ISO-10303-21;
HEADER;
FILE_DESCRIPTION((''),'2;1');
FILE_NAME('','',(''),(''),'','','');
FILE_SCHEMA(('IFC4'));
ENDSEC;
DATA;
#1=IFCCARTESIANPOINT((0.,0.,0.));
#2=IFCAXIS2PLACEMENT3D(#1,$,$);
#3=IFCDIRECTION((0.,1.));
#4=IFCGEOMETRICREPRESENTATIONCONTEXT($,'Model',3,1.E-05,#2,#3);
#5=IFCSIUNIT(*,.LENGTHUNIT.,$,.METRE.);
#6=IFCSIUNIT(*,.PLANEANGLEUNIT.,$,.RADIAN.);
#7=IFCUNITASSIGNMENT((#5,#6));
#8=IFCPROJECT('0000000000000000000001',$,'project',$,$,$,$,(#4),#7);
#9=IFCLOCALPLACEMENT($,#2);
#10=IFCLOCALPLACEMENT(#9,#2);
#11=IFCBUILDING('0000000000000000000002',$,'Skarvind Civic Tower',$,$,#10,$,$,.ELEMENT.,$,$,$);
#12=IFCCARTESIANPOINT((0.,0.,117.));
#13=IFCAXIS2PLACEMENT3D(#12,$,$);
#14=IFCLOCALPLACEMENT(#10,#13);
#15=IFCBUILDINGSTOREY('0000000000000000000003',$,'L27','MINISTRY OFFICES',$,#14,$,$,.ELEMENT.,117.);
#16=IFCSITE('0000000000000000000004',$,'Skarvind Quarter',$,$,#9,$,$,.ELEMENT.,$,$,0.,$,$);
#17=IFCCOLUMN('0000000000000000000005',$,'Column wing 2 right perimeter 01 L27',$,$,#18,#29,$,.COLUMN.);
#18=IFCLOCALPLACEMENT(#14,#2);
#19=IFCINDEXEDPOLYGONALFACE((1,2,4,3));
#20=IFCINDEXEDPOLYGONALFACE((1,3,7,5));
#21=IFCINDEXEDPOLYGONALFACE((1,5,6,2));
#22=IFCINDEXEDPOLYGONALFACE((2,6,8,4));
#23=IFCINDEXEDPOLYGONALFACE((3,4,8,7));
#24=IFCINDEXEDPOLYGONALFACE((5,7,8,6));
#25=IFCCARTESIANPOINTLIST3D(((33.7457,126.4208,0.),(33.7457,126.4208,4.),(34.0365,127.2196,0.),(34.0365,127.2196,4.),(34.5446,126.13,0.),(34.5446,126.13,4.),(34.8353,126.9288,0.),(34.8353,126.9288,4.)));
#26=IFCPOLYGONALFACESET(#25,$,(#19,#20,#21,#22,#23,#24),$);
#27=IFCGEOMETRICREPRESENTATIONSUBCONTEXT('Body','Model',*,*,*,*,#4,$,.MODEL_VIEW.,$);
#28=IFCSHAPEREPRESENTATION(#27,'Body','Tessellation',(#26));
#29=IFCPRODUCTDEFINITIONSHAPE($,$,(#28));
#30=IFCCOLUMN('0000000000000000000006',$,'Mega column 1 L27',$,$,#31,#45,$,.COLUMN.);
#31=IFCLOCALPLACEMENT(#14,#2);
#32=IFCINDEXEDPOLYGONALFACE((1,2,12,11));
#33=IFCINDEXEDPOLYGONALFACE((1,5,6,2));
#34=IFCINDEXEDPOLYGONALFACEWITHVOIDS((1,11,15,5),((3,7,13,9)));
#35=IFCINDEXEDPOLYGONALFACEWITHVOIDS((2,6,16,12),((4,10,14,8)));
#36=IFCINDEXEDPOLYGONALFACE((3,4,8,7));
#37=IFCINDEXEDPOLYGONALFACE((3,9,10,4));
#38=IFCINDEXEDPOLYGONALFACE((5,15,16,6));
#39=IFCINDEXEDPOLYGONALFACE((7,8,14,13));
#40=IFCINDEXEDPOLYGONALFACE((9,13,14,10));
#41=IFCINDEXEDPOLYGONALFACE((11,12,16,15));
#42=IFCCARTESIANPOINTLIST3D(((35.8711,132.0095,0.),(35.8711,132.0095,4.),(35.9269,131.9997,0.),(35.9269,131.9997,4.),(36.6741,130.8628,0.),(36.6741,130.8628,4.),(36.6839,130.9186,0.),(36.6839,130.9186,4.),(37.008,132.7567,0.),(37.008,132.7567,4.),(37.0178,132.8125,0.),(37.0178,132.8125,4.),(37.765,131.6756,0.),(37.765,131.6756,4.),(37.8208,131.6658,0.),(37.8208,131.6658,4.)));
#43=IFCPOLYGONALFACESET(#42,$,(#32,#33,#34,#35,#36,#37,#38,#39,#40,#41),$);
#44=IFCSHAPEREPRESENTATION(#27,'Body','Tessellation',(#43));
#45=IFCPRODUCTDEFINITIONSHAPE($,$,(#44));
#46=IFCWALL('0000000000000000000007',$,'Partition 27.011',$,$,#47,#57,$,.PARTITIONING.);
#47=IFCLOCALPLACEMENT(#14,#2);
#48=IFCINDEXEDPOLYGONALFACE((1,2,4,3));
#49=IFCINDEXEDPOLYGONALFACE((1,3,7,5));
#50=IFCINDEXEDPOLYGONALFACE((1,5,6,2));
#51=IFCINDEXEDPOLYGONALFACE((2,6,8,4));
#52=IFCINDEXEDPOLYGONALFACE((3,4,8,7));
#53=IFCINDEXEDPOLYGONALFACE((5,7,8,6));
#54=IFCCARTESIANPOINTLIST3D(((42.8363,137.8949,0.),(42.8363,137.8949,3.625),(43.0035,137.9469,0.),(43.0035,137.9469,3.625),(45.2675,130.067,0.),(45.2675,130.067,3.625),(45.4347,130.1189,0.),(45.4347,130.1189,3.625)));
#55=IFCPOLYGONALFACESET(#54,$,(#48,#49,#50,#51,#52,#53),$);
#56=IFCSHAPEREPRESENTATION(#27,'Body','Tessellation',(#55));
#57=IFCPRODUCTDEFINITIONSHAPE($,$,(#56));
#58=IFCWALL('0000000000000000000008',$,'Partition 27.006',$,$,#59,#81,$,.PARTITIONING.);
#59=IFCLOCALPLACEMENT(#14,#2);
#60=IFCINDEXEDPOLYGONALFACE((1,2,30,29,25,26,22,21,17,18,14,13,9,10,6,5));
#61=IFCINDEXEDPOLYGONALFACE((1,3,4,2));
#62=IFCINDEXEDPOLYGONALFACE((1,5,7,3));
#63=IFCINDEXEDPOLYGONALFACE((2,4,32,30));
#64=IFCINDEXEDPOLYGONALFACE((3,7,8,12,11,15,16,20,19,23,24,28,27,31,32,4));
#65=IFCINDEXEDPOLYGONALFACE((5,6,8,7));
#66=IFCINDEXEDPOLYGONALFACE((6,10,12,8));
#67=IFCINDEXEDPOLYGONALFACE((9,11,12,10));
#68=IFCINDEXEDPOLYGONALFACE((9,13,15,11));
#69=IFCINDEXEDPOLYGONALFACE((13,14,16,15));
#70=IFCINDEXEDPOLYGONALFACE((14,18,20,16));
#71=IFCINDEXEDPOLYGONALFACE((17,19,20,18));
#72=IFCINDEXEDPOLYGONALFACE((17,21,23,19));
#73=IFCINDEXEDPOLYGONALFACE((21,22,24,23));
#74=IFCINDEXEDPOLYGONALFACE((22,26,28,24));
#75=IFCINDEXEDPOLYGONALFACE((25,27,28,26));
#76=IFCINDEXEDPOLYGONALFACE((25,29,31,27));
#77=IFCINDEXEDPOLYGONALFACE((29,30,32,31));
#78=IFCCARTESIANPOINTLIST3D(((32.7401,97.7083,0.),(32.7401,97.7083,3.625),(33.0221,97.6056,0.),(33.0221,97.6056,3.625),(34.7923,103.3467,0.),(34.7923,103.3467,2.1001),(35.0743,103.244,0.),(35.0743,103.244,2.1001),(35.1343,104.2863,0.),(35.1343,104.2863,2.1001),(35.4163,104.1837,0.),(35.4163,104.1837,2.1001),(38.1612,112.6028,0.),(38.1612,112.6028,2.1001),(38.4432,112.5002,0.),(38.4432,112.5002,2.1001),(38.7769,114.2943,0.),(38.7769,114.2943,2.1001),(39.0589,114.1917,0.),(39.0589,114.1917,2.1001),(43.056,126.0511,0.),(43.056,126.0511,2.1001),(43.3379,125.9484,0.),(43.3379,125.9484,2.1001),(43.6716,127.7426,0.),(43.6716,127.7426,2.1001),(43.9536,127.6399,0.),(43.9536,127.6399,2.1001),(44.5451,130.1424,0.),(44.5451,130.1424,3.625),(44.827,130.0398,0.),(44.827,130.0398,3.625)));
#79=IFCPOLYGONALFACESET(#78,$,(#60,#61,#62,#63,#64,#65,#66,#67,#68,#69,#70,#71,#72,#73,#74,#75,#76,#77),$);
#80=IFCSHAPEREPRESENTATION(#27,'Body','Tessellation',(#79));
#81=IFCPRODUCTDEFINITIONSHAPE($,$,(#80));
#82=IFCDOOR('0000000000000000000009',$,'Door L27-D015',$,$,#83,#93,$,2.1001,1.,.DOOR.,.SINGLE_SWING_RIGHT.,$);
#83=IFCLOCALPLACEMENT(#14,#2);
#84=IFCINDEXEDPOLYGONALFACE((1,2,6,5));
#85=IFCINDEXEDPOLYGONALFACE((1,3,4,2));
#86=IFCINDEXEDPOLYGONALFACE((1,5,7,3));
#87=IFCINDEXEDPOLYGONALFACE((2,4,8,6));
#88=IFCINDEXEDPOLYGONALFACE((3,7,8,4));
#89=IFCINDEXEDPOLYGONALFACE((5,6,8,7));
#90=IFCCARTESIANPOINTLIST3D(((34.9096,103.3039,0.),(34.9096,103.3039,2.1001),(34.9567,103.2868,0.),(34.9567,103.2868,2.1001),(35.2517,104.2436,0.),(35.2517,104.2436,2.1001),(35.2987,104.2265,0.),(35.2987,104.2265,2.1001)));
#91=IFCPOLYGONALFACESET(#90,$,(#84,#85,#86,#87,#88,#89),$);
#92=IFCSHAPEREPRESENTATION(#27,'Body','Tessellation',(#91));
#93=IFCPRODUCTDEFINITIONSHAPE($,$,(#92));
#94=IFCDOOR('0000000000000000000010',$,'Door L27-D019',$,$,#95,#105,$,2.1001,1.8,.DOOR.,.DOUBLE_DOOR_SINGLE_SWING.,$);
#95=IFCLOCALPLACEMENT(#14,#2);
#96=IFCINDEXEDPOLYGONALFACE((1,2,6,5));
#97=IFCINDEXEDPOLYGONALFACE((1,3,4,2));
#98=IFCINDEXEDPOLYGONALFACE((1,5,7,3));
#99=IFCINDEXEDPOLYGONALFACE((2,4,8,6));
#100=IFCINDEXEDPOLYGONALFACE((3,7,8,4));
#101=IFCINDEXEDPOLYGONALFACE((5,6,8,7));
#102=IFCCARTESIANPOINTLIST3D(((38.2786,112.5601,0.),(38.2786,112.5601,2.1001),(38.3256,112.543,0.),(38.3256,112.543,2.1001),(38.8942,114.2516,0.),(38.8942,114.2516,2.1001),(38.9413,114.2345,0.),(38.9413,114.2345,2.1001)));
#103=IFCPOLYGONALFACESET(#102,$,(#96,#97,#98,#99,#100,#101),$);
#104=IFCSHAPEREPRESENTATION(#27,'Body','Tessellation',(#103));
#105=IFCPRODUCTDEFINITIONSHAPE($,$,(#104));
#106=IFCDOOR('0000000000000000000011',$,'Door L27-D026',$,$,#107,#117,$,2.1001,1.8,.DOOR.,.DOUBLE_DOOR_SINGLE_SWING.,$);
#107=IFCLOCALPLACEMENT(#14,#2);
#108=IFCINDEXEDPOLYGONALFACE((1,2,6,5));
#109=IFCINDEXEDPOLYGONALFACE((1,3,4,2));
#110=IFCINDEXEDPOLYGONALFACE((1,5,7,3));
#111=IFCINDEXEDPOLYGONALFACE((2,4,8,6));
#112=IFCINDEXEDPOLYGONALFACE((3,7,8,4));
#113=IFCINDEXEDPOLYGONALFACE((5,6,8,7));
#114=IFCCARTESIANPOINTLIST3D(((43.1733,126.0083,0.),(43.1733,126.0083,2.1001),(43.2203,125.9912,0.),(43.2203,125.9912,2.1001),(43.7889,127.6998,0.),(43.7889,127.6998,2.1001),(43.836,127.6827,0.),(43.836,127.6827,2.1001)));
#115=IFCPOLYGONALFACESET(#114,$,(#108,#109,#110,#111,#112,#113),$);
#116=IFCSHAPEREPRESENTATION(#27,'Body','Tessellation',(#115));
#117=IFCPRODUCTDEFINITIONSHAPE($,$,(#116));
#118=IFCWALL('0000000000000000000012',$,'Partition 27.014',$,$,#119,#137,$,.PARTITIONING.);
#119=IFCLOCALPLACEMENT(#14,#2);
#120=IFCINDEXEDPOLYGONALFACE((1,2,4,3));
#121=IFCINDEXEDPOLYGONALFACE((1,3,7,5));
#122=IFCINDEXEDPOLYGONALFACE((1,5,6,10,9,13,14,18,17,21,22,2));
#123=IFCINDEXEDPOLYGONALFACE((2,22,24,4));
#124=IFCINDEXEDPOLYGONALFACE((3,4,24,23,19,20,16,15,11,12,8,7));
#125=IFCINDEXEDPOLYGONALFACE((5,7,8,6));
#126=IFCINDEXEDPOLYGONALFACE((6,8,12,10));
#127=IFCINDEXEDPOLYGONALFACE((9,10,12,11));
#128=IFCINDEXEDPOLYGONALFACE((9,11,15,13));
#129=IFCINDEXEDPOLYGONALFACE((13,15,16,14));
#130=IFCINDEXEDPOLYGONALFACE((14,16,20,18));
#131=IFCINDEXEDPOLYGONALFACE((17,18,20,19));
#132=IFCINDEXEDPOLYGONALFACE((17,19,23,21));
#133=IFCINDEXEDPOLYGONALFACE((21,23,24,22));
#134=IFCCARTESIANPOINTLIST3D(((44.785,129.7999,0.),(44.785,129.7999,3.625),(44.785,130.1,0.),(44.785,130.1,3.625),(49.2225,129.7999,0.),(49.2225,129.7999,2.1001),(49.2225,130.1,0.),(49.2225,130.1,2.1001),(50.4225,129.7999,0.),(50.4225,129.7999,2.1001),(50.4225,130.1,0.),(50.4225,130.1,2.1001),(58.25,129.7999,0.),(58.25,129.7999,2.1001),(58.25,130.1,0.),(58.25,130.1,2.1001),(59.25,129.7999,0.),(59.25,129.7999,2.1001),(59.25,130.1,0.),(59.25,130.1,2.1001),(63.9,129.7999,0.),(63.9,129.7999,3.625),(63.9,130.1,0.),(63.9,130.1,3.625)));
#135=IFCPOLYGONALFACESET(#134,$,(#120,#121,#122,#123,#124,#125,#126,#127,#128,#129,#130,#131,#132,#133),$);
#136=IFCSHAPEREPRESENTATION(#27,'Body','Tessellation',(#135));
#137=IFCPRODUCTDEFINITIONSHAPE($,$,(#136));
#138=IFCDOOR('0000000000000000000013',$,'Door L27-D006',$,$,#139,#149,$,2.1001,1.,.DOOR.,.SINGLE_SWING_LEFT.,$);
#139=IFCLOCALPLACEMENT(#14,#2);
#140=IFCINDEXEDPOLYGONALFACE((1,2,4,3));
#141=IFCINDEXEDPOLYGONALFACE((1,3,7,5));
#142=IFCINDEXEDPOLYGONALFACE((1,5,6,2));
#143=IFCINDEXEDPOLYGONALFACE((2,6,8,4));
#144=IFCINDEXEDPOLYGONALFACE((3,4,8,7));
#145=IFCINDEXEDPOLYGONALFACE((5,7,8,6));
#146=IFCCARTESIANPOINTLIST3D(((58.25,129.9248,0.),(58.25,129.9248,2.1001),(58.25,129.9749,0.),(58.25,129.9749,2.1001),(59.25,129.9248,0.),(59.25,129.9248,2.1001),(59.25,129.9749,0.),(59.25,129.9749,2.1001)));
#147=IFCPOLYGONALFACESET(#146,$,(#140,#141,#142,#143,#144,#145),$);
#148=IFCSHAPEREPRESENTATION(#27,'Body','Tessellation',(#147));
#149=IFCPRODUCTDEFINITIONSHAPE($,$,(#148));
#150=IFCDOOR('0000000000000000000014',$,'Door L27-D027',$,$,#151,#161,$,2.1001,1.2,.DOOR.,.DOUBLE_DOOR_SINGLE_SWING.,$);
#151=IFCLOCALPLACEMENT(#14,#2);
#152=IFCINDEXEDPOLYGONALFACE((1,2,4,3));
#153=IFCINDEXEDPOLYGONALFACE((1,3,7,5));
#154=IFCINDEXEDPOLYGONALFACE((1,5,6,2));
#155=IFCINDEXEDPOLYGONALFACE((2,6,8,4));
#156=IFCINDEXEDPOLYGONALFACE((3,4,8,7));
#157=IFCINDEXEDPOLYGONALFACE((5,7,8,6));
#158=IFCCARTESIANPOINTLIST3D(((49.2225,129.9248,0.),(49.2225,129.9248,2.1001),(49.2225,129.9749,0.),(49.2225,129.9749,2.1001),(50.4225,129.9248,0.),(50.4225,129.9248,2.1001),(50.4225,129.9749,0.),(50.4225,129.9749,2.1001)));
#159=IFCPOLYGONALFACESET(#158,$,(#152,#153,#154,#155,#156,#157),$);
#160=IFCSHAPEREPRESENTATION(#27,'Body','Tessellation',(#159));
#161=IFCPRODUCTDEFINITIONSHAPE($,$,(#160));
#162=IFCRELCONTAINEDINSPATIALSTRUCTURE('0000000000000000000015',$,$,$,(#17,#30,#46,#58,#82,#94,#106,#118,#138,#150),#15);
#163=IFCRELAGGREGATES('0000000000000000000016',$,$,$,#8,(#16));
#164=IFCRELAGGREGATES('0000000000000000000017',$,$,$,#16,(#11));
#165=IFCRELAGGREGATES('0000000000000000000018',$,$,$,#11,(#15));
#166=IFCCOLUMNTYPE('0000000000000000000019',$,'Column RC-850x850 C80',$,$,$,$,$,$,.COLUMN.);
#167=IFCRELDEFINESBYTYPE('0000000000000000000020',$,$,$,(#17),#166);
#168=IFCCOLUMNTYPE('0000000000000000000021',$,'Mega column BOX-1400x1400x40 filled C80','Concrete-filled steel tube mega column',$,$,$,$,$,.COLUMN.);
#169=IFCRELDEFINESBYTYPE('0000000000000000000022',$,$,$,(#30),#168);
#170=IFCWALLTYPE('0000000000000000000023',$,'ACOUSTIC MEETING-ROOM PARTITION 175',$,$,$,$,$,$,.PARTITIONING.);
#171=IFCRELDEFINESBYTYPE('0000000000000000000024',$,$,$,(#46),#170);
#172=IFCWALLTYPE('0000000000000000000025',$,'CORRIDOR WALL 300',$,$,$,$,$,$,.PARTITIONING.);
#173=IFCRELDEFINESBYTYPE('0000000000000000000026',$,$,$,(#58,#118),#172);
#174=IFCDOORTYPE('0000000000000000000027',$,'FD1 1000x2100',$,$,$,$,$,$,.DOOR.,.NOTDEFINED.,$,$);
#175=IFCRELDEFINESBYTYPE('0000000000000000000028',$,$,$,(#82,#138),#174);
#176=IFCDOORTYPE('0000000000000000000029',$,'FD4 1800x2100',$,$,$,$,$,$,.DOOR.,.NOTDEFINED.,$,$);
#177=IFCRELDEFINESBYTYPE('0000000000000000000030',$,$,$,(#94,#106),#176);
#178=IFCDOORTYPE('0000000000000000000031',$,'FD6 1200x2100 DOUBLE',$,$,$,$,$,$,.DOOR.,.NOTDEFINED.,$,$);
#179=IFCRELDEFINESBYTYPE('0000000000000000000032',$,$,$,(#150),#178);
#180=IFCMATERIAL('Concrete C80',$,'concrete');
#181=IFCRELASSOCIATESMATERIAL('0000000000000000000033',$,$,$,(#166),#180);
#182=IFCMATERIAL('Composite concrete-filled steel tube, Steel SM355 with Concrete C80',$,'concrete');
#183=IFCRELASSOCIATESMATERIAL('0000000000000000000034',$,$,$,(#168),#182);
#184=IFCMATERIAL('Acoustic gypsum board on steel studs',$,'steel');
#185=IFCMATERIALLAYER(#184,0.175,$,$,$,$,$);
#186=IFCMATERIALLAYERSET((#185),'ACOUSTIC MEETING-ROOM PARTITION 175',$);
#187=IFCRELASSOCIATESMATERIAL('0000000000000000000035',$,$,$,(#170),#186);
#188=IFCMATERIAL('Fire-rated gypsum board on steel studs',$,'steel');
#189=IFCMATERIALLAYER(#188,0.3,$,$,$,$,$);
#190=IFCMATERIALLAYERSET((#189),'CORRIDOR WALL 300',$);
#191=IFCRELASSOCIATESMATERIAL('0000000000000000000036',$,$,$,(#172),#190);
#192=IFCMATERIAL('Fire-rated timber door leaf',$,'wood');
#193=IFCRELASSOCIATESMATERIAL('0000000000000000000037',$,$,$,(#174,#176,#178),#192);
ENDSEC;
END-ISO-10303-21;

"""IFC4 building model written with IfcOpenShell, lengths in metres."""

from ifc_helpers import new_model, si_unit, direction, frame, frame_2d, origin, origin_2d, place, context, subcontext, project, spatial, rectangle, hollow_rectangle, extrude, material, layer, layer_set, material_profile, profile_set, type_object, element, fill, save


model = new_model("IFC4")

# Units and contexts
model_context = context("Model", 3, precision=1e-05, world=origin(), true_north=direction((0.0, 1.0)))
body_context = subcontext(model_context, "Body", "Model", "MODEL_VIEW")
ifc_project = project(units=[si_unit("LENGTHUNIT", "METRE"), si_unit("PLANEANGLEUNIT", "RADIAN")], contexts=[model_context])

# Site, building, storey
site_placement = place(None, origin())
site = spatial("IfcSite", under=ifc_project, at=site_placement, Name="Skarvind Quarter", CompositionType="ELEMENT", RefElevation=0.0)
building_placement = place(site_placement, origin())
building = spatial("IfcBuilding", under=site, at=building_placement, Name="Skarvind Civic Tower", CompositionType="ELEMENT")
storey_placement = place(building_placement, frame((0.0, 0.0, 117.0)))
storey = spatial("IfcBuildingStorey", under=building, at=storey_placement, Name="L27", Description="MINISTRY OFFICES", CompositionType="ELEMENT", Elevation=117.0)

# Columns
ifc_material_1 = material(Name="Concrete C80", Category="concrete")
ifc_material_profile_1 = material_profile(ifc_material_1, rectangle(XDim=0.8501, YDim=0.8501, at=origin_2d()), Name="RC-850x850")
ifc_profile_set_1 = profile_set([ifc_material_profile_1], Name="Concrete C80")
column_type_1 = type_object("IfcColumnType", Name="Column RC-850x850 C80", PredefinedType="COLUMN", material=ifc_profile_set_1)
column_1_placement = place(storey_placement, frame((34.2905, 126.6748, 0.0), z_axis=(0.0, 0.0, 1.0), x_axis=(-0.34202, -0.939693, 0.0)))
element("IfcColumn", 1, at=column_1_placement, inside=storey, type_object=column_type_1, Name="Column wing 2 right perimeter 01 L27", PredefinedType="COLUMN", context=body_context, shape_type="SweptSolid", body=[
    extrude(rectangle(XDim=0.8501, YDim=0.8501, at=origin_2d()), origin(), (0.0, 0.0, 1.0), 4.0),
])
ifc_material_2 = material(Name="Composite concrete-filled steel tube, Steel SM355 with Concrete C80", Category="concrete")
ifc_material_profile_2 = material_profile(ifc_material_2, hollow_rectangle(XDim=1.3999, YDim=1.3999, WallThickness=0.04, at=origin_2d()), Name="BOX-1400x1400x40")
ifc_profile_set_2 = profile_set([ifc_material_profile_2], Name="Composite concrete-filled steel tube, Steel SM355 with Concrete C80")
column_type_2 = type_object("IfcColumnType", Name="Mega column BOX-1400x1400x40 filled C80", Description="Concrete-filled steel tube mega column", PredefinedType="COLUMN", material=ifc_profile_set_2)
column_2_placement = place(storey_placement, frame((36.8459, 131.8376, 0.0), z_axis=(0.0, 0.0, 1.0), x_axis=(0.573576, -0.819152, 0.0)))
element("IfcColumn", 2, at=column_2_placement, inside=storey, type_object=column_type_2, Name="Mega column 1 L27", PredefinedType="COLUMN", context=body_context, shape_type="SweptSolid", body=[
    extrude(hollow_rectangle(XDim=1.3999, YDim=1.3999, WallThickness=0.04, at=origin_2d()), origin(), (0.0, 0.0, 1.0), 4.0),
])

# Wall
ifc_material_3 = material(Name="Acoustic gypsum board on steel studs", Category="steel")
ifc_layer_1 = layer(ifc_material_3, 0.175)
ifc_layer_set_1 = layer_set([ifc_layer_1], Name="ACOUSTIC MEETING-ROOM PARTITION 175")
wall_type_1 = type_object("IfcWallType", Name="ACOUSTIC MEETING-ROOM PARTITION 175", PredefinedType="PARTITIONING", material=ifc_layer_set_1)
wall_1_placement = place(storey_placement, frame((42.9199, 137.9209, 0.0), z_axis=(0.0, 0.0, 1.0), x_axis=(0.296601, -0.955002, 0.0)))
element("IfcWall", 3, at=wall_1_placement, inside=storey, type_object=wall_type_1, Name="Partition 27.011", PredefinedType="PARTITIONING", context=body_context, shape_type="SweptSolid", body=[
    extrude(rectangle(XDim=8.1968, YDim=0.175, at=frame_2d((4.0984, 0.0))), origin(), (0.0, 0.0, 1.0), 3.625),
])

# Walls, openings, doors
ifc_material_4 = material(Name="Fire-rated gypsum board on steel studs", Category="steel")
ifc_layer_2 = layer(ifc_material_4, 0.3)
ifc_layer_set_2 = layer_set([ifc_layer_2], Name="CORRIDOR WALL 300")
wall_type_2 = type_object("IfcWallType", Name="CORRIDOR WALL 300", PredefinedType="PARTITIONING", material=ifc_layer_set_2)
wall_2_placement = place(storey_placement, frame((44.686, 130.0911, 0.0), z_axis=(0.0, 0.0, 1.0), x_axis=(-0.342017, -0.939694, 0.0)))
wall_2 = element("IfcWall", 4, at=wall_2_placement, inside=storey, type_object=wall_type_2, Name="Partition 27.006", PredefinedType="PARTITIONING", context=body_context, shape_type="SweptSolid", body=[
    extrude(rectangle(XDim=34.5156, YDim=0.3, at=frame_2d((17.2578, 0.0))), origin(), (0.0, 0.0, 1.0), 3.625),
])
opening_1_placement = place(wall_2_placement, frame((27.5154, 0.0, 0.0)))
opening_1 = element("IfcOpeningElement", 5, at=opening_1_placement, cuts=wall_2, PredefinedType="OPENING", context=body_context, shape_type="SweptSolid", body=[
    extrude(rectangle(XDim=1.0, YDim=2.1001, at=frame_2d((0.5, 1.05))), frame((0.0, 0.1599, 0.0), z_axis=(0.0, -1.0, 0.0), x_axis=(1.0, 0.0, 0.0)), (0.0, 0.0, 1.0), 0.3201),
])
opening_2_placement = place(wall_2_placement, frame((16.8652, 0.0, 0.0)))
opening_2 = element("IfcOpeningElement", 6, at=opening_2_placement, cuts=wall_2, PredefinedType="OPENING", context=body_context, shape_type="SweptSolid", body=[
    extrude(rectangle(XDim=1.8, YDim=2.1001, at=frame_2d((0.8999, 1.05))), frame((0.0, 0.1599, 0.0), z_axis=(0.0, -1.0, 0.0), x_axis=(1.0, 0.0, 0.0)), (0.0, 0.0, 1.0), 0.3201),
])
opening_3_placement = place(wall_2_placement, frame((2.554, 0.0, 0.0)))
opening_3 = element("IfcOpeningElement", 7, at=opening_3_placement, cuts=wall_2, PredefinedType="OPENING", context=body_context, shape_type="SweptSolid", body=[
    extrude(rectangle(XDim=1.8, YDim=2.1001, at=frame_2d((0.8999, 1.05))), frame((0.0, 0.1599, 0.0), z_axis=(0.0, -1.0, 0.0), x_axis=(1.0, 0.0, 0.0)), (0.0, 0.0, 1.0), 0.3201),
])
ifc_material_5 = material(Name="Fire-rated timber door leaf", Category="wood")
door_type_1 = type_object("IfcDoorType", Name="FD1 1000x2100", OperationType="NOTDEFINED", PredefinedType="DOOR", material=ifc_material_5)
door_1_placement = place(opening_1_placement, origin())
door_1 = element("IfcDoor", 8, at=door_1_placement, inside=storey, type_object=door_type_1, Name="Door L27-D015", OperationType="SINGLE_SWING_RIGHT", OverallHeight=2.1001, OverallWidth=1.0, PredefinedType="DOOR", context=body_context, shape_type="SweptSolid", body=[
    extrude(rectangle(XDim=1.0, YDim=2.1001, at=frame_2d((0.5, 1.05))), frame((0.0, 0.0249, 0.0), z_axis=(0.0, -1.0, 0.0), x_axis=(1.0, 0.0, 0.0)), (0.0, 0.0, 1.0), 0.05),
])
fill(opening_1, door_1)
door_type_2 = type_object("IfcDoorType", Name="FD4 1800x2100", OperationType="NOTDEFINED", PredefinedType="DOOR", material=ifc_material_5)
door_2_placement = place(opening_2_placement, origin())
door_2 = element("IfcDoor", 9, at=door_2_placement, inside=storey, type_object=door_type_2, Name="Door L27-D019", OperationType="DOUBLE_DOOR_SINGLE_SWING", OverallHeight=2.1001, OverallWidth=1.8, PredefinedType="DOOR", context=body_context, shape_type="SweptSolid", body=[
    extrude(rectangle(XDim=1.8, YDim=2.1001, at=frame_2d((0.8999, 1.05))), frame((0.0, 0.0249, 0.0), z_axis=(0.0, -1.0, 0.0), x_axis=(1.0, 0.0, 0.0)), (0.0, 0.0, 1.0), 0.05),
])
fill(opening_2, door_2)
door_3_placement = place(opening_3_placement, origin())
door_3 = element("IfcDoor", 10, at=door_3_placement, inside=storey, type_object=door_type_2, Name="Door L27-D026", OperationType="DOUBLE_DOOR_SINGLE_SWING", OverallHeight=2.1001, OverallWidth=1.8, PredefinedType="DOOR", context=body_context, shape_type="SweptSolid", body=[
    extrude(rectangle(XDim=1.8, YDim=2.1001, at=frame_2d((0.8999, 1.05))), frame((0.0, 0.0249, 0.0), z_axis=(0.0, -1.0, 0.0), x_axis=(1.0, 0.0, 0.0)), (0.0, 0.0, 1.0), 0.05),
])
fill(opening_3, door_3)
wall_3_placement = place(storey_placement, frame((44.7849, 129.95, 0.0), z_axis=(0.0, 0.0, 1.0), x_axis=(1.0, 0.0, 0.0)))
wall_3 = element("IfcWall", 11, at=wall_3_placement, inside=storey, type_object=wall_type_2, Name="Partition 27.014", PredefinedType="PARTITIONING", context=body_context, shape_type="SweptSolid", body=[
    extrude(rectangle(XDim=19.115, YDim=0.3, at=frame_2d((9.5576, 0.0))), origin(), (0.0, 0.0, 1.0), 3.625),
])
opening_4_placement = place(wall_3_placement, frame((13.4651, 0.0, 0.0)))
opening_4 = element("IfcOpeningElement", 12, at=opening_4_placement, cuts=wall_3, PredefinedType="OPENING", context=body_context, shape_type="SweptSolid", body=[
    extrude(rectangle(XDim=1.0, YDim=2.1001, at=frame_2d((0.5, 1.05))), frame((0.0, 0.1599, 0.0), z_axis=(0.0, -1.0, 0.0), x_axis=(1.0, 0.0, 0.0)), (0.0, 0.0, 1.0), 0.3201),
])
opening_5_placement = place(wall_3_placement, frame((4.4375, 0.0, 0.0)))
opening_5 = element("IfcOpeningElement", 13, at=opening_5_placement, cuts=wall_3, PredefinedType="OPENING", context=body_context, shape_type="SweptSolid", body=[
    extrude(rectangle(XDim=1.2, YDim=2.1001, at=frame_2d((0.6001, 1.05))), frame((0.0, 0.1599, 0.0), z_axis=(0.0, -1.0, 0.0), x_axis=(1.0, 0.0, 0.0)), (0.0, 0.0, 1.0), 0.3201),
])
door_4_placement = place(opening_4_placement, origin())
door_4 = element("IfcDoor", 14, at=door_4_placement, inside=storey, type_object=door_type_1, Name="Door L27-D006", OperationType="SINGLE_SWING_LEFT", OverallHeight=2.1001, OverallWidth=1.0, PredefinedType="DOOR", context=body_context, shape_type="SweptSolid", body=[
    extrude(rectangle(XDim=1.0, YDim=2.1001, at=frame_2d((0.5, 1.05))), frame((0.0, 0.0249, 0.0), z_axis=(0.0, -1.0, 0.0), x_axis=(1.0, 0.0, 0.0)), (0.0, 0.0, 1.0), 0.05),
])
fill(opening_4, door_4)
door_type_3 = type_object("IfcDoorType", Name="FD6 1200x2100 DOUBLE", OperationType="NOTDEFINED", PredefinedType="DOOR", material=ifc_material_5)
door_5_placement = place(opening_5_placement, origin())
door_5 = element("IfcDoor", 15, at=door_5_placement, inside=storey, type_object=door_type_3, Name="Door L27-D027", OperationType="DOUBLE_DOOR_SINGLE_SWING", OverallHeight=2.1001, OverallWidth=1.2, PredefinedType="DOOR", context=body_context, shape_type="SweptSolid", body=[
    extrude(rectangle(XDim=1.2, YDim=2.1001, at=frame_2d((0.6001, 1.05))), frame((0.0, 0.0249, 0.0), z_axis=(0.0, -1.0, 0.0), x_axis=(1.0, 0.0, 0.0)), (0.0, 0.0, 1.0), 0.05),
])
fill(opening_5, door_5)

save(model, "model.ifc")
